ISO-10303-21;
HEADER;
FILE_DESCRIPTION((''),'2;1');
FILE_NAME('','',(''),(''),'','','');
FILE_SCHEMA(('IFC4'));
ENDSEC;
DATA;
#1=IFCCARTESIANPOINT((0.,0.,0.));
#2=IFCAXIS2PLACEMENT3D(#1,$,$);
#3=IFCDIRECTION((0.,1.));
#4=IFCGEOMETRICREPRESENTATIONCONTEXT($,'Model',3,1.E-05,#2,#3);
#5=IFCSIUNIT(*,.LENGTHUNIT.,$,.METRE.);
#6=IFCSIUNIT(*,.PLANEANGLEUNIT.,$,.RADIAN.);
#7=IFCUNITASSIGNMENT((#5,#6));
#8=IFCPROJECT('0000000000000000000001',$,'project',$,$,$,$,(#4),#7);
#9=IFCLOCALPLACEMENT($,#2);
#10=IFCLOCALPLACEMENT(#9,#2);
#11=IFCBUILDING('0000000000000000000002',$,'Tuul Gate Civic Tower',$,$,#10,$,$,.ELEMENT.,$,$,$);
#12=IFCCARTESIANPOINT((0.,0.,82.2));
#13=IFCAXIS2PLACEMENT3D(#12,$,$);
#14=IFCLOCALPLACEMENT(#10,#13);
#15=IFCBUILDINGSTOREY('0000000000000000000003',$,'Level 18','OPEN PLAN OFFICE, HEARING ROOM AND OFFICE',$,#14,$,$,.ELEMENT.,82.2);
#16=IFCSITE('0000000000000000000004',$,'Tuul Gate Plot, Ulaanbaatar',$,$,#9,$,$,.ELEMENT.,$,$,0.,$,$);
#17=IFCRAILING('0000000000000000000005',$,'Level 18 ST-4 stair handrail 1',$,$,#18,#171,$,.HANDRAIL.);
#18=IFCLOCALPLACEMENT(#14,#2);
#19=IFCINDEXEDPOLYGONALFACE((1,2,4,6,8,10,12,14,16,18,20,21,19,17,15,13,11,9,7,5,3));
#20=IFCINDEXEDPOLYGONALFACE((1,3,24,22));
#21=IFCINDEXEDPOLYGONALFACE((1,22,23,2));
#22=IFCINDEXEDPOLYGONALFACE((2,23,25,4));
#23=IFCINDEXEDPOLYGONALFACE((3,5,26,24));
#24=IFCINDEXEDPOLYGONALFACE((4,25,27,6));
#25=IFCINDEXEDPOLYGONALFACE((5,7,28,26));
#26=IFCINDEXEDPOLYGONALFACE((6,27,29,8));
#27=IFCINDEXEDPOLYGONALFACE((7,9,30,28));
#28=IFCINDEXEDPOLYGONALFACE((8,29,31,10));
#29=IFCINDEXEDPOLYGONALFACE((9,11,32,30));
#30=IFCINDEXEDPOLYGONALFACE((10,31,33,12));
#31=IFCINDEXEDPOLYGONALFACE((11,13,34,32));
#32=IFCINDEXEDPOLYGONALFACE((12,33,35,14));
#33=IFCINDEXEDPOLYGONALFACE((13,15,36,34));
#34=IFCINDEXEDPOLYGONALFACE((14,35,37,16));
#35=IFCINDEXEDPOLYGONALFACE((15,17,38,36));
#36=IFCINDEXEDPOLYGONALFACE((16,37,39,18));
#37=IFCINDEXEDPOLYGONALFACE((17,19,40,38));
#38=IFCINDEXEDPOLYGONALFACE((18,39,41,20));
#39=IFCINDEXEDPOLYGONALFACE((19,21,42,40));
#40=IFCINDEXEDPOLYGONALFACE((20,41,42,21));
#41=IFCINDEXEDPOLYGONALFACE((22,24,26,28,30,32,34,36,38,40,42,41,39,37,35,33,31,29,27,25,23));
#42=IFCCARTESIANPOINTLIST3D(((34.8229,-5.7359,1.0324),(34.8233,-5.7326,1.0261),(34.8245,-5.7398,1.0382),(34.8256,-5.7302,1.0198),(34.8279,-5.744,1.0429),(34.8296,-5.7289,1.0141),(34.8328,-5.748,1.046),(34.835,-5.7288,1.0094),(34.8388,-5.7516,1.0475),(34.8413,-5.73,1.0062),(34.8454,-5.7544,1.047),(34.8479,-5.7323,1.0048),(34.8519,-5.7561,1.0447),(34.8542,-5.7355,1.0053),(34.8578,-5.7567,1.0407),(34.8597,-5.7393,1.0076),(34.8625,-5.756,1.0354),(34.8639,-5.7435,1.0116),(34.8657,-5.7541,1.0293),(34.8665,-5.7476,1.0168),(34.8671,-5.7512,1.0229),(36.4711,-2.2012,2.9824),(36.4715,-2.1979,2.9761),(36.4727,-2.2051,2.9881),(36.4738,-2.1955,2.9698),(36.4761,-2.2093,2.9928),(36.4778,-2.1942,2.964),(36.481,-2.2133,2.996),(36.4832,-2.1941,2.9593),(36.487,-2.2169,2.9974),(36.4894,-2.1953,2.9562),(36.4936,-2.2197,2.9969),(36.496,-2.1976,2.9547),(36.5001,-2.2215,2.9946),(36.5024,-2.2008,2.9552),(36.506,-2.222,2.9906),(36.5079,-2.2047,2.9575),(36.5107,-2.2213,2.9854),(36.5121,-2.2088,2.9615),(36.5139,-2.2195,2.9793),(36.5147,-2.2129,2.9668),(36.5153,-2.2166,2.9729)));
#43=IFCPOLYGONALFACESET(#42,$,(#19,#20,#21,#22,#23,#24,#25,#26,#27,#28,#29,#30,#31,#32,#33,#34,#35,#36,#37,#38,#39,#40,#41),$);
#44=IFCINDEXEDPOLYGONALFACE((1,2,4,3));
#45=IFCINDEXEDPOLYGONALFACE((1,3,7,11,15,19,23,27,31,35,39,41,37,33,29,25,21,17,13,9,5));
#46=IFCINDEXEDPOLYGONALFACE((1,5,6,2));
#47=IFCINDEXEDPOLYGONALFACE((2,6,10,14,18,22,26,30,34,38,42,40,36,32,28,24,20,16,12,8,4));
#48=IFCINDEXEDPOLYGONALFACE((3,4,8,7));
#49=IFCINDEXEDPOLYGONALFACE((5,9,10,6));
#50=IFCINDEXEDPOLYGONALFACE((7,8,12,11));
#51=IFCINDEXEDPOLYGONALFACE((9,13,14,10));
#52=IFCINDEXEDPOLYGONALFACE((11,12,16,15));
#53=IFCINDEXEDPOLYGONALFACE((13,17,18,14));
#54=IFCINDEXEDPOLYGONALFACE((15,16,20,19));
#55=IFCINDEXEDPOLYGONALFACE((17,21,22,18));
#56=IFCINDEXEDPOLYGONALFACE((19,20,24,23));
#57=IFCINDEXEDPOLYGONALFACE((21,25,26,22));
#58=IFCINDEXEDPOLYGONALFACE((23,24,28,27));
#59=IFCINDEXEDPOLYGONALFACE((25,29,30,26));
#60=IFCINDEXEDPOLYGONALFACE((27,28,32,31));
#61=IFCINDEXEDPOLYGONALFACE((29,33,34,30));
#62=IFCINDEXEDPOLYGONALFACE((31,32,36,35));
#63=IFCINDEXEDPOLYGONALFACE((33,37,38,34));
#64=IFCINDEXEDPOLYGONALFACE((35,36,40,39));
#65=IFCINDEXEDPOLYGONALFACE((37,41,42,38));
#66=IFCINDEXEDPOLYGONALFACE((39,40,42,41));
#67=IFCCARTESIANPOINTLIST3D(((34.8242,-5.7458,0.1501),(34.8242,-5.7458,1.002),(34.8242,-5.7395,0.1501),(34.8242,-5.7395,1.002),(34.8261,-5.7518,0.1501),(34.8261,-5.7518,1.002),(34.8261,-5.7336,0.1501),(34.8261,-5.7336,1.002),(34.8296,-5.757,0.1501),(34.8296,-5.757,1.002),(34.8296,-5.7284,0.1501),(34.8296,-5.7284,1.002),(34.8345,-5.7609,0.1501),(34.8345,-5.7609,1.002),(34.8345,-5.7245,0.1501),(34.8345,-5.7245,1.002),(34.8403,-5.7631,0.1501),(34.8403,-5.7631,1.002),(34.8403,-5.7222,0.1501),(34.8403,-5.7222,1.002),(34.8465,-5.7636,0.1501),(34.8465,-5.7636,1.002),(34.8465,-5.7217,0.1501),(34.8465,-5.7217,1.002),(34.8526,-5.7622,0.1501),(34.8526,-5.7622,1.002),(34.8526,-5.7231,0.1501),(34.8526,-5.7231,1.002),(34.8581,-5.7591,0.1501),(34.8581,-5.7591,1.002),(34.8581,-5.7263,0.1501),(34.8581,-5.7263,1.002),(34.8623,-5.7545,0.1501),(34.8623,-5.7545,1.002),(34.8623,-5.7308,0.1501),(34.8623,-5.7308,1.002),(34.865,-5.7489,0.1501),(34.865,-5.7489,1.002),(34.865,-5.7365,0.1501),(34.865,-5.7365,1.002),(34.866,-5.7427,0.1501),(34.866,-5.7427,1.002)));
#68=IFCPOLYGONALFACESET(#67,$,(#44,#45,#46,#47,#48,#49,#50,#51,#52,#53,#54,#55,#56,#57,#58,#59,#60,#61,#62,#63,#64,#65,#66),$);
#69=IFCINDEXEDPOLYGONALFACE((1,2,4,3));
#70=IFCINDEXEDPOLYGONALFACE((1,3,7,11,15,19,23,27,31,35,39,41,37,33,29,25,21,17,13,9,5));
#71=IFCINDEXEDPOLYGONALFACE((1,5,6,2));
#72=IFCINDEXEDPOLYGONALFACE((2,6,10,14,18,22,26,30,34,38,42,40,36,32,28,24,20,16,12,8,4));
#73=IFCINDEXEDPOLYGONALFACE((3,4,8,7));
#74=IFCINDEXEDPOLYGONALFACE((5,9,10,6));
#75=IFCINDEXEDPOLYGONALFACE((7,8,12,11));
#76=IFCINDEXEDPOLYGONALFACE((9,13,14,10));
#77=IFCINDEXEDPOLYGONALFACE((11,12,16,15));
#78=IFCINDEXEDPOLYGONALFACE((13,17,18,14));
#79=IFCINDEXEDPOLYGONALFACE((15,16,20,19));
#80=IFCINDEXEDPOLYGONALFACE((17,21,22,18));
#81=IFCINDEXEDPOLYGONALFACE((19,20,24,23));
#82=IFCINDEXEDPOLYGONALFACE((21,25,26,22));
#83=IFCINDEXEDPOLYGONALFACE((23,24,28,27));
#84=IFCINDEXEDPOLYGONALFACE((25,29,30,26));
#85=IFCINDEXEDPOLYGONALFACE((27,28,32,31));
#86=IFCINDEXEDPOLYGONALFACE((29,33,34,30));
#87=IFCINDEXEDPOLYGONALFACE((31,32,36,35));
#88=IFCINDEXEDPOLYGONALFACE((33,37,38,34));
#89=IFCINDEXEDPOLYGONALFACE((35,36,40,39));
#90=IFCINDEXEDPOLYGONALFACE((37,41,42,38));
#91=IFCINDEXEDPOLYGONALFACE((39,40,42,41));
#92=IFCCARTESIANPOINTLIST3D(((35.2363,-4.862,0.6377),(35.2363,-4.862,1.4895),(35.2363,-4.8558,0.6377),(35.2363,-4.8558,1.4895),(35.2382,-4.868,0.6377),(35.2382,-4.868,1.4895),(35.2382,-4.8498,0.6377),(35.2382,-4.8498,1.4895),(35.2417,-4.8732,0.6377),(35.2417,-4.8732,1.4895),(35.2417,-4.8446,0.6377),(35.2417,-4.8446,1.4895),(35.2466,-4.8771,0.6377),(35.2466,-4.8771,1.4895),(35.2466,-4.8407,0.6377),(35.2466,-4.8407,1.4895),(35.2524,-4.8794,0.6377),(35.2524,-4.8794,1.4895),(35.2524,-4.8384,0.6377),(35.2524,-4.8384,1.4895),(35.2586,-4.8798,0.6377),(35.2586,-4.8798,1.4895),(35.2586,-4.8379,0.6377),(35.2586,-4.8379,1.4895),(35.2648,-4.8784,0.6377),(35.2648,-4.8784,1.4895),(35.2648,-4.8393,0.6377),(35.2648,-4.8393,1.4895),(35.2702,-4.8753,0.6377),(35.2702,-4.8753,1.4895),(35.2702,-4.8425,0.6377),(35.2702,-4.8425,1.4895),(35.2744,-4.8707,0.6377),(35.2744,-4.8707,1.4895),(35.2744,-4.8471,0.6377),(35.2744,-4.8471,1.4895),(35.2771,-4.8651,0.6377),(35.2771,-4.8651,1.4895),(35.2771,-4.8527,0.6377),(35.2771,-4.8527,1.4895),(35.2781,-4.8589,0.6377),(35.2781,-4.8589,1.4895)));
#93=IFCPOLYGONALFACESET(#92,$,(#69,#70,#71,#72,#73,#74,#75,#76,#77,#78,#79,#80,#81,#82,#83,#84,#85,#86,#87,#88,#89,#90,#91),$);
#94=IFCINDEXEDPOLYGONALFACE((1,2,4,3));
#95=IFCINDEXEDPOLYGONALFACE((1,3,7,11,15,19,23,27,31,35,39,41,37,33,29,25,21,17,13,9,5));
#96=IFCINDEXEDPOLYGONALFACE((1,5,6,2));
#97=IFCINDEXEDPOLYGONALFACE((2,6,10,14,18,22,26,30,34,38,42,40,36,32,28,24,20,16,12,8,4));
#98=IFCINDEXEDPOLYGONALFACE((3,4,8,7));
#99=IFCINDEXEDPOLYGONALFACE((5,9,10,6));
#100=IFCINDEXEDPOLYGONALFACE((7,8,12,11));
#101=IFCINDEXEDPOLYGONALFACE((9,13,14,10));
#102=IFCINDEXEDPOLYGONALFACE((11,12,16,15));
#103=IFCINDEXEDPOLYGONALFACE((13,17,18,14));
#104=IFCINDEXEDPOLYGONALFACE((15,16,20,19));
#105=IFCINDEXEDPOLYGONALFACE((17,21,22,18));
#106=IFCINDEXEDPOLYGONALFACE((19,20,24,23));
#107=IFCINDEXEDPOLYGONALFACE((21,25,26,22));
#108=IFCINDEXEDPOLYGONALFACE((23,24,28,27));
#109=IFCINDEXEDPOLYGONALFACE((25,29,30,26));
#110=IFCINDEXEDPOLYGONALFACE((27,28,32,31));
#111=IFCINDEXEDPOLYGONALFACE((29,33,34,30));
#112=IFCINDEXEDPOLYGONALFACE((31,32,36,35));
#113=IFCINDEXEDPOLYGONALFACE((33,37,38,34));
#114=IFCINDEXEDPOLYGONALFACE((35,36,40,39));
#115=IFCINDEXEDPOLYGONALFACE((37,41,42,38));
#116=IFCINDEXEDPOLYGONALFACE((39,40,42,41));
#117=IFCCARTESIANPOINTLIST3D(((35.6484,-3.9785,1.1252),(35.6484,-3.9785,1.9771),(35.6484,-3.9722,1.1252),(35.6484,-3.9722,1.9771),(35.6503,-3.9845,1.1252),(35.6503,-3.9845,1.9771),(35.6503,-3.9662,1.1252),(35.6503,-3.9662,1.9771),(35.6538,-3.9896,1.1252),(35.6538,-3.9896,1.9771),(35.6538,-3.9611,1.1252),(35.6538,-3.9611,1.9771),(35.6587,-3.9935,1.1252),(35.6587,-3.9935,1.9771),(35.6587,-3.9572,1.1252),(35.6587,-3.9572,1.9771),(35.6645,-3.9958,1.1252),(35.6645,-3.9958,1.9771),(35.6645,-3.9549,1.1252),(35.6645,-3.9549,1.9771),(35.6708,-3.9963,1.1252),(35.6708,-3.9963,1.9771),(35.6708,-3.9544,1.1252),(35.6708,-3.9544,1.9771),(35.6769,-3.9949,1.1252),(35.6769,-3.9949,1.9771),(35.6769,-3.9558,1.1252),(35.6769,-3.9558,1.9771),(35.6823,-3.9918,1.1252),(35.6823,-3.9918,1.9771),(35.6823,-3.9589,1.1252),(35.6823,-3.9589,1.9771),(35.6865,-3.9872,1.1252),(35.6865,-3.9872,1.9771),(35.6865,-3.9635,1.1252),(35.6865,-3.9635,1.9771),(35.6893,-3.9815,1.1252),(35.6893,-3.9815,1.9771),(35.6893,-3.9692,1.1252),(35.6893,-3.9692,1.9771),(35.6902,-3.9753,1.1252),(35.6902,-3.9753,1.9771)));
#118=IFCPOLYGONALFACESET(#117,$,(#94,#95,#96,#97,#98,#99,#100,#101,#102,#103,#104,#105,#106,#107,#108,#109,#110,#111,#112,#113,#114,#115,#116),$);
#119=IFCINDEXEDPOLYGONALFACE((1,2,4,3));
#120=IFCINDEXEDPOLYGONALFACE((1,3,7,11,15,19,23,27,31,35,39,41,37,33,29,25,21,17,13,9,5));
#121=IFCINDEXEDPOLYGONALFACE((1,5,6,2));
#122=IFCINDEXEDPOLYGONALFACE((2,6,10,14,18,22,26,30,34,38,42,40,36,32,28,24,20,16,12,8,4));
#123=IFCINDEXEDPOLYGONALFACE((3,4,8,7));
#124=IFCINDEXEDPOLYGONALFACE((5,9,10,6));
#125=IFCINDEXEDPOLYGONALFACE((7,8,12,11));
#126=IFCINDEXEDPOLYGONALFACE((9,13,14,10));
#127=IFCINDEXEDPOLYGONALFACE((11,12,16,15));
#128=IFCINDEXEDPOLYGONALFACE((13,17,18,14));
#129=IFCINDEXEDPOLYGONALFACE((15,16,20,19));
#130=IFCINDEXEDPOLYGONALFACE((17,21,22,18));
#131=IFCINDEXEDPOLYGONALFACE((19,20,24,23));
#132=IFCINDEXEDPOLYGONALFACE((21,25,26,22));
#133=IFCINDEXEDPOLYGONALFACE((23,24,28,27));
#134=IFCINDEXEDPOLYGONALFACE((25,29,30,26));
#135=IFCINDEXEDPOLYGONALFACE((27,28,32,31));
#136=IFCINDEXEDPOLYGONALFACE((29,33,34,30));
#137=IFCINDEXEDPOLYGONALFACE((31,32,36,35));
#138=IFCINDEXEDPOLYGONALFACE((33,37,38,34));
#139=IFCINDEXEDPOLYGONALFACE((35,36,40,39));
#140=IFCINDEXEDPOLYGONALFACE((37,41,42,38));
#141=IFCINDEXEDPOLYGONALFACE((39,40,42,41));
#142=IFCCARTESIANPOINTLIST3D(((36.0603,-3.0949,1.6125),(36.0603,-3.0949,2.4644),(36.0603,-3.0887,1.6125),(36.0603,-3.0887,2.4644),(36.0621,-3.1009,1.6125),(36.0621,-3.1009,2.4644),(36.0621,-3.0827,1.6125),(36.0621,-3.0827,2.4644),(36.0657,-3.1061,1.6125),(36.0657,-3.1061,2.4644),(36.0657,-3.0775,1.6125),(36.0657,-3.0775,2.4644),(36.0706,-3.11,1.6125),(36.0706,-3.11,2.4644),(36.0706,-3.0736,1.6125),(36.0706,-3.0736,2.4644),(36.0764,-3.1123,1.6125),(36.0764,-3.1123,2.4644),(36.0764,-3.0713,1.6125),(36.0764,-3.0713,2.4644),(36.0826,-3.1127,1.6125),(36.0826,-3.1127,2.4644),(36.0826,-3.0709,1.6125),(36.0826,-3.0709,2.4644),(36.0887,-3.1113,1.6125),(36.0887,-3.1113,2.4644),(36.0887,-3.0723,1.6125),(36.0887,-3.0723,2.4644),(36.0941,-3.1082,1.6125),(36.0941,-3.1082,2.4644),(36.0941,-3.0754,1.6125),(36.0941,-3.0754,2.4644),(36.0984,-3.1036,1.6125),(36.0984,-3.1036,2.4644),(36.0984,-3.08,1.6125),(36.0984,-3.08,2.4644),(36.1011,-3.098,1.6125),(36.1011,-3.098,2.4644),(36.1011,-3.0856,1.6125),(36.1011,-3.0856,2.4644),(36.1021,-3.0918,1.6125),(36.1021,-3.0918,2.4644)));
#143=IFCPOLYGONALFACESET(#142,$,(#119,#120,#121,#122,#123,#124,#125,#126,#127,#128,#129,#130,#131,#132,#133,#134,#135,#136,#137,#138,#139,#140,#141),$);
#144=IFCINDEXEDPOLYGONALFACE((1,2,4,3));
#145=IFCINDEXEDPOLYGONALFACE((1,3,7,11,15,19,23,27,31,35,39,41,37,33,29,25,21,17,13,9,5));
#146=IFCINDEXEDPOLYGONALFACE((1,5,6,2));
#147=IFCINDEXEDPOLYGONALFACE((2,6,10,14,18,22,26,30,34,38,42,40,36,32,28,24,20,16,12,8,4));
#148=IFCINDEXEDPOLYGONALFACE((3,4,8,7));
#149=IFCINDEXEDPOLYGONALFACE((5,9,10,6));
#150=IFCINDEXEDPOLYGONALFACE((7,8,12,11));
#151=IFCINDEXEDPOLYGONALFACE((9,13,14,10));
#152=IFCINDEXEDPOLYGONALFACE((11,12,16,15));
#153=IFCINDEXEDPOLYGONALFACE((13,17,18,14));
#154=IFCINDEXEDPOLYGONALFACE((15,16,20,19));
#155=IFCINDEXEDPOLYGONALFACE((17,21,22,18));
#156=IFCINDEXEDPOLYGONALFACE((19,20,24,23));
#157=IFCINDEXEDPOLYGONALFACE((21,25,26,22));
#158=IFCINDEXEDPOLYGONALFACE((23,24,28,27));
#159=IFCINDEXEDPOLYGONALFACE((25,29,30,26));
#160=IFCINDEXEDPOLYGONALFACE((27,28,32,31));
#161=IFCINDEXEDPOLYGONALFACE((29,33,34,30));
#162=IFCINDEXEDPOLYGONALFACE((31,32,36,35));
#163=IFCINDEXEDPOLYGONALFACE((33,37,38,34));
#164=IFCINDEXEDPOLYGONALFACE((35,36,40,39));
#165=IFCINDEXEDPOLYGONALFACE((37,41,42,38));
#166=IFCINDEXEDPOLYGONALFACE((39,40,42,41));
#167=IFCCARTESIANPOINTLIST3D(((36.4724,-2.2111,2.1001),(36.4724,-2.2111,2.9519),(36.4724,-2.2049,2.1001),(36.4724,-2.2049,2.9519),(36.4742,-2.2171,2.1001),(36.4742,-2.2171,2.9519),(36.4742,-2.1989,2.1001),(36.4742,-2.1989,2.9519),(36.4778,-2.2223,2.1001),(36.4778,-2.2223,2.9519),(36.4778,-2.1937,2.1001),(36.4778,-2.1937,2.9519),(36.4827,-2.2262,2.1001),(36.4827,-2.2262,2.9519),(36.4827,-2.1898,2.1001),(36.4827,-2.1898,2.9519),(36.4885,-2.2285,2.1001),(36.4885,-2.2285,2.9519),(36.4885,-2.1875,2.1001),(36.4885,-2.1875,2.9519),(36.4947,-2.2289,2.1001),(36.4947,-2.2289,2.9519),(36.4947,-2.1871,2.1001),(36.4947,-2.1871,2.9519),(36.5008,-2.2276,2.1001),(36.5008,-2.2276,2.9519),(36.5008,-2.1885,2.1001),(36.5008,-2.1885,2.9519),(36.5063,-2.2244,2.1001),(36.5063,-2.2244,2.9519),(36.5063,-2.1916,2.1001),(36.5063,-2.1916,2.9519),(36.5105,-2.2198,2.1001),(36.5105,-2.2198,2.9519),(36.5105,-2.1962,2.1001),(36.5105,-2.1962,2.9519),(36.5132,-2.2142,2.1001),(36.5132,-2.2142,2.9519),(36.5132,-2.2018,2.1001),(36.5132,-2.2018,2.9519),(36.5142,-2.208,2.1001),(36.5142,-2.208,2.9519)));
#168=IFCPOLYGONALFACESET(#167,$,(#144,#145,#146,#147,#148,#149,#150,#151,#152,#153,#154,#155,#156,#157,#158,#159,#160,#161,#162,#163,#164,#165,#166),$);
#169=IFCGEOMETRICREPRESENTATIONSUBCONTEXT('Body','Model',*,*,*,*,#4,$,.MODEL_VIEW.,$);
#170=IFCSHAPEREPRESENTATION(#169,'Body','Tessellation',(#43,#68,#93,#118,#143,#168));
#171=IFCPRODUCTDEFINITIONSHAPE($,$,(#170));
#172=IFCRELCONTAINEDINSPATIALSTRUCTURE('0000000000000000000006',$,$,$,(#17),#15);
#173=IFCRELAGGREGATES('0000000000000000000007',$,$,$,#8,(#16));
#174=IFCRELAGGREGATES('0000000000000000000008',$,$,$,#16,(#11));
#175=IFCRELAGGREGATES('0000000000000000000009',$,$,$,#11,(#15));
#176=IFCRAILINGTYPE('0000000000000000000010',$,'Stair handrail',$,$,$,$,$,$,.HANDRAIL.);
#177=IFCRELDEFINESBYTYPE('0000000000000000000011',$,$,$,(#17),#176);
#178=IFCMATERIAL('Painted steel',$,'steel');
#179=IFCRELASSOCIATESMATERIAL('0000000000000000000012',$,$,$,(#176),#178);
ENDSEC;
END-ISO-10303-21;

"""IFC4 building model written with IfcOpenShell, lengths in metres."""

from ifc_helpers import new_model, si_unit, direction, frame, origin, origin_2d, place, context, subcontext, project, spatial, circle, extrude, material, type_object, element, save


model = new_model("IFC4")

# Units and contexts
model_context = context("Model", 3, precision=1e-05, world=origin(), true_north=direction((0.0, 1.0)))
body_context = subcontext(model_context, "Body", "Model", "MODEL_VIEW")
ifc_project = project(units=[si_unit("LENGTHUNIT", "METRE"), si_unit("PLANEANGLEUNIT", "RADIAN")], contexts=[model_context])

# Site, building, storey
site_placement = place(None, origin())
site = spatial("IfcSite", under=ifc_project, at=site_placement, Name="Tuul Gate Plot, Ulaanbaatar", CompositionType="ELEMENT", RefElevation=0.0)
building_placement = place(site_placement, origin())
building = spatial("IfcBuilding", under=site, at=building_placement, Name="Tuul Gate Civic Tower", CompositionType="ELEMENT")
storey_placement = place(building_placement, frame((0.0, 0.0, 82.2)))
storey = spatial("IfcBuildingStorey", under=building, at=storey_placement, Name="Level 18", Description="OPEN PLAN OFFICE, HEARING ROOM AND OFFICE", CompositionType="ELEMENT", Elevation=82.2)

# Railing
ifc_material_1 = material(Name="Painted steel", Category="steel")
railing_type_1 = type_object("IfcRailingType", Name="Stair handrail", PredefinedType="HANDRAIL", material=ifc_material_1)
railing_1_placement = place(storey_placement, frame((34.845, -5.7427, 0.1501)))
element("IfcRailing", 1, at=railing_1_placement, inside=storey, type_object=railing_type_1, Name="Level 18 ST-4 stair handrail 1", PredefinedType="HANDRAIL", context=body_context, shape_type="SweptSolid", body=[
    extrude(circle(Radius=0.0239, at=origin_2d()), frame((0.0, 0.0, 0.876), z_axis=(0.377995, 0.810637, 0.4472), x_axis=(-0.906313, 0.422608, 0.0)), (0.0, 0.0, 1.0), 4.3604),
    extrude(circle(Radius=0.021, at=origin_2d()), origin(), (0.0, 0.0, 1.0), 0.8518),
    extrude(circle(Radius=0.021, at=origin_2d()), frame((0.4121, 0.8838, 0.4875)), (0.0, 0.0, 1.0), 0.8518),
    extrude(circle(Radius=0.021, at=origin_2d()), frame((0.8242, 1.7673, 0.9751)), (0.0, 0.0, 1.0), 0.8518),
    extrude(circle(Radius=0.021, at=origin_2d()), frame((1.2361, 2.6509, 1.4624)), (0.0, 0.0, 1.0), 0.8518),
    extrude(circle(Radius=0.021, at=origin_2d()), frame((1.6482, 3.5347, 1.95)), (0.0, 0.0, 1.0), 0.8518),
])

save(model, "model.ifc")
